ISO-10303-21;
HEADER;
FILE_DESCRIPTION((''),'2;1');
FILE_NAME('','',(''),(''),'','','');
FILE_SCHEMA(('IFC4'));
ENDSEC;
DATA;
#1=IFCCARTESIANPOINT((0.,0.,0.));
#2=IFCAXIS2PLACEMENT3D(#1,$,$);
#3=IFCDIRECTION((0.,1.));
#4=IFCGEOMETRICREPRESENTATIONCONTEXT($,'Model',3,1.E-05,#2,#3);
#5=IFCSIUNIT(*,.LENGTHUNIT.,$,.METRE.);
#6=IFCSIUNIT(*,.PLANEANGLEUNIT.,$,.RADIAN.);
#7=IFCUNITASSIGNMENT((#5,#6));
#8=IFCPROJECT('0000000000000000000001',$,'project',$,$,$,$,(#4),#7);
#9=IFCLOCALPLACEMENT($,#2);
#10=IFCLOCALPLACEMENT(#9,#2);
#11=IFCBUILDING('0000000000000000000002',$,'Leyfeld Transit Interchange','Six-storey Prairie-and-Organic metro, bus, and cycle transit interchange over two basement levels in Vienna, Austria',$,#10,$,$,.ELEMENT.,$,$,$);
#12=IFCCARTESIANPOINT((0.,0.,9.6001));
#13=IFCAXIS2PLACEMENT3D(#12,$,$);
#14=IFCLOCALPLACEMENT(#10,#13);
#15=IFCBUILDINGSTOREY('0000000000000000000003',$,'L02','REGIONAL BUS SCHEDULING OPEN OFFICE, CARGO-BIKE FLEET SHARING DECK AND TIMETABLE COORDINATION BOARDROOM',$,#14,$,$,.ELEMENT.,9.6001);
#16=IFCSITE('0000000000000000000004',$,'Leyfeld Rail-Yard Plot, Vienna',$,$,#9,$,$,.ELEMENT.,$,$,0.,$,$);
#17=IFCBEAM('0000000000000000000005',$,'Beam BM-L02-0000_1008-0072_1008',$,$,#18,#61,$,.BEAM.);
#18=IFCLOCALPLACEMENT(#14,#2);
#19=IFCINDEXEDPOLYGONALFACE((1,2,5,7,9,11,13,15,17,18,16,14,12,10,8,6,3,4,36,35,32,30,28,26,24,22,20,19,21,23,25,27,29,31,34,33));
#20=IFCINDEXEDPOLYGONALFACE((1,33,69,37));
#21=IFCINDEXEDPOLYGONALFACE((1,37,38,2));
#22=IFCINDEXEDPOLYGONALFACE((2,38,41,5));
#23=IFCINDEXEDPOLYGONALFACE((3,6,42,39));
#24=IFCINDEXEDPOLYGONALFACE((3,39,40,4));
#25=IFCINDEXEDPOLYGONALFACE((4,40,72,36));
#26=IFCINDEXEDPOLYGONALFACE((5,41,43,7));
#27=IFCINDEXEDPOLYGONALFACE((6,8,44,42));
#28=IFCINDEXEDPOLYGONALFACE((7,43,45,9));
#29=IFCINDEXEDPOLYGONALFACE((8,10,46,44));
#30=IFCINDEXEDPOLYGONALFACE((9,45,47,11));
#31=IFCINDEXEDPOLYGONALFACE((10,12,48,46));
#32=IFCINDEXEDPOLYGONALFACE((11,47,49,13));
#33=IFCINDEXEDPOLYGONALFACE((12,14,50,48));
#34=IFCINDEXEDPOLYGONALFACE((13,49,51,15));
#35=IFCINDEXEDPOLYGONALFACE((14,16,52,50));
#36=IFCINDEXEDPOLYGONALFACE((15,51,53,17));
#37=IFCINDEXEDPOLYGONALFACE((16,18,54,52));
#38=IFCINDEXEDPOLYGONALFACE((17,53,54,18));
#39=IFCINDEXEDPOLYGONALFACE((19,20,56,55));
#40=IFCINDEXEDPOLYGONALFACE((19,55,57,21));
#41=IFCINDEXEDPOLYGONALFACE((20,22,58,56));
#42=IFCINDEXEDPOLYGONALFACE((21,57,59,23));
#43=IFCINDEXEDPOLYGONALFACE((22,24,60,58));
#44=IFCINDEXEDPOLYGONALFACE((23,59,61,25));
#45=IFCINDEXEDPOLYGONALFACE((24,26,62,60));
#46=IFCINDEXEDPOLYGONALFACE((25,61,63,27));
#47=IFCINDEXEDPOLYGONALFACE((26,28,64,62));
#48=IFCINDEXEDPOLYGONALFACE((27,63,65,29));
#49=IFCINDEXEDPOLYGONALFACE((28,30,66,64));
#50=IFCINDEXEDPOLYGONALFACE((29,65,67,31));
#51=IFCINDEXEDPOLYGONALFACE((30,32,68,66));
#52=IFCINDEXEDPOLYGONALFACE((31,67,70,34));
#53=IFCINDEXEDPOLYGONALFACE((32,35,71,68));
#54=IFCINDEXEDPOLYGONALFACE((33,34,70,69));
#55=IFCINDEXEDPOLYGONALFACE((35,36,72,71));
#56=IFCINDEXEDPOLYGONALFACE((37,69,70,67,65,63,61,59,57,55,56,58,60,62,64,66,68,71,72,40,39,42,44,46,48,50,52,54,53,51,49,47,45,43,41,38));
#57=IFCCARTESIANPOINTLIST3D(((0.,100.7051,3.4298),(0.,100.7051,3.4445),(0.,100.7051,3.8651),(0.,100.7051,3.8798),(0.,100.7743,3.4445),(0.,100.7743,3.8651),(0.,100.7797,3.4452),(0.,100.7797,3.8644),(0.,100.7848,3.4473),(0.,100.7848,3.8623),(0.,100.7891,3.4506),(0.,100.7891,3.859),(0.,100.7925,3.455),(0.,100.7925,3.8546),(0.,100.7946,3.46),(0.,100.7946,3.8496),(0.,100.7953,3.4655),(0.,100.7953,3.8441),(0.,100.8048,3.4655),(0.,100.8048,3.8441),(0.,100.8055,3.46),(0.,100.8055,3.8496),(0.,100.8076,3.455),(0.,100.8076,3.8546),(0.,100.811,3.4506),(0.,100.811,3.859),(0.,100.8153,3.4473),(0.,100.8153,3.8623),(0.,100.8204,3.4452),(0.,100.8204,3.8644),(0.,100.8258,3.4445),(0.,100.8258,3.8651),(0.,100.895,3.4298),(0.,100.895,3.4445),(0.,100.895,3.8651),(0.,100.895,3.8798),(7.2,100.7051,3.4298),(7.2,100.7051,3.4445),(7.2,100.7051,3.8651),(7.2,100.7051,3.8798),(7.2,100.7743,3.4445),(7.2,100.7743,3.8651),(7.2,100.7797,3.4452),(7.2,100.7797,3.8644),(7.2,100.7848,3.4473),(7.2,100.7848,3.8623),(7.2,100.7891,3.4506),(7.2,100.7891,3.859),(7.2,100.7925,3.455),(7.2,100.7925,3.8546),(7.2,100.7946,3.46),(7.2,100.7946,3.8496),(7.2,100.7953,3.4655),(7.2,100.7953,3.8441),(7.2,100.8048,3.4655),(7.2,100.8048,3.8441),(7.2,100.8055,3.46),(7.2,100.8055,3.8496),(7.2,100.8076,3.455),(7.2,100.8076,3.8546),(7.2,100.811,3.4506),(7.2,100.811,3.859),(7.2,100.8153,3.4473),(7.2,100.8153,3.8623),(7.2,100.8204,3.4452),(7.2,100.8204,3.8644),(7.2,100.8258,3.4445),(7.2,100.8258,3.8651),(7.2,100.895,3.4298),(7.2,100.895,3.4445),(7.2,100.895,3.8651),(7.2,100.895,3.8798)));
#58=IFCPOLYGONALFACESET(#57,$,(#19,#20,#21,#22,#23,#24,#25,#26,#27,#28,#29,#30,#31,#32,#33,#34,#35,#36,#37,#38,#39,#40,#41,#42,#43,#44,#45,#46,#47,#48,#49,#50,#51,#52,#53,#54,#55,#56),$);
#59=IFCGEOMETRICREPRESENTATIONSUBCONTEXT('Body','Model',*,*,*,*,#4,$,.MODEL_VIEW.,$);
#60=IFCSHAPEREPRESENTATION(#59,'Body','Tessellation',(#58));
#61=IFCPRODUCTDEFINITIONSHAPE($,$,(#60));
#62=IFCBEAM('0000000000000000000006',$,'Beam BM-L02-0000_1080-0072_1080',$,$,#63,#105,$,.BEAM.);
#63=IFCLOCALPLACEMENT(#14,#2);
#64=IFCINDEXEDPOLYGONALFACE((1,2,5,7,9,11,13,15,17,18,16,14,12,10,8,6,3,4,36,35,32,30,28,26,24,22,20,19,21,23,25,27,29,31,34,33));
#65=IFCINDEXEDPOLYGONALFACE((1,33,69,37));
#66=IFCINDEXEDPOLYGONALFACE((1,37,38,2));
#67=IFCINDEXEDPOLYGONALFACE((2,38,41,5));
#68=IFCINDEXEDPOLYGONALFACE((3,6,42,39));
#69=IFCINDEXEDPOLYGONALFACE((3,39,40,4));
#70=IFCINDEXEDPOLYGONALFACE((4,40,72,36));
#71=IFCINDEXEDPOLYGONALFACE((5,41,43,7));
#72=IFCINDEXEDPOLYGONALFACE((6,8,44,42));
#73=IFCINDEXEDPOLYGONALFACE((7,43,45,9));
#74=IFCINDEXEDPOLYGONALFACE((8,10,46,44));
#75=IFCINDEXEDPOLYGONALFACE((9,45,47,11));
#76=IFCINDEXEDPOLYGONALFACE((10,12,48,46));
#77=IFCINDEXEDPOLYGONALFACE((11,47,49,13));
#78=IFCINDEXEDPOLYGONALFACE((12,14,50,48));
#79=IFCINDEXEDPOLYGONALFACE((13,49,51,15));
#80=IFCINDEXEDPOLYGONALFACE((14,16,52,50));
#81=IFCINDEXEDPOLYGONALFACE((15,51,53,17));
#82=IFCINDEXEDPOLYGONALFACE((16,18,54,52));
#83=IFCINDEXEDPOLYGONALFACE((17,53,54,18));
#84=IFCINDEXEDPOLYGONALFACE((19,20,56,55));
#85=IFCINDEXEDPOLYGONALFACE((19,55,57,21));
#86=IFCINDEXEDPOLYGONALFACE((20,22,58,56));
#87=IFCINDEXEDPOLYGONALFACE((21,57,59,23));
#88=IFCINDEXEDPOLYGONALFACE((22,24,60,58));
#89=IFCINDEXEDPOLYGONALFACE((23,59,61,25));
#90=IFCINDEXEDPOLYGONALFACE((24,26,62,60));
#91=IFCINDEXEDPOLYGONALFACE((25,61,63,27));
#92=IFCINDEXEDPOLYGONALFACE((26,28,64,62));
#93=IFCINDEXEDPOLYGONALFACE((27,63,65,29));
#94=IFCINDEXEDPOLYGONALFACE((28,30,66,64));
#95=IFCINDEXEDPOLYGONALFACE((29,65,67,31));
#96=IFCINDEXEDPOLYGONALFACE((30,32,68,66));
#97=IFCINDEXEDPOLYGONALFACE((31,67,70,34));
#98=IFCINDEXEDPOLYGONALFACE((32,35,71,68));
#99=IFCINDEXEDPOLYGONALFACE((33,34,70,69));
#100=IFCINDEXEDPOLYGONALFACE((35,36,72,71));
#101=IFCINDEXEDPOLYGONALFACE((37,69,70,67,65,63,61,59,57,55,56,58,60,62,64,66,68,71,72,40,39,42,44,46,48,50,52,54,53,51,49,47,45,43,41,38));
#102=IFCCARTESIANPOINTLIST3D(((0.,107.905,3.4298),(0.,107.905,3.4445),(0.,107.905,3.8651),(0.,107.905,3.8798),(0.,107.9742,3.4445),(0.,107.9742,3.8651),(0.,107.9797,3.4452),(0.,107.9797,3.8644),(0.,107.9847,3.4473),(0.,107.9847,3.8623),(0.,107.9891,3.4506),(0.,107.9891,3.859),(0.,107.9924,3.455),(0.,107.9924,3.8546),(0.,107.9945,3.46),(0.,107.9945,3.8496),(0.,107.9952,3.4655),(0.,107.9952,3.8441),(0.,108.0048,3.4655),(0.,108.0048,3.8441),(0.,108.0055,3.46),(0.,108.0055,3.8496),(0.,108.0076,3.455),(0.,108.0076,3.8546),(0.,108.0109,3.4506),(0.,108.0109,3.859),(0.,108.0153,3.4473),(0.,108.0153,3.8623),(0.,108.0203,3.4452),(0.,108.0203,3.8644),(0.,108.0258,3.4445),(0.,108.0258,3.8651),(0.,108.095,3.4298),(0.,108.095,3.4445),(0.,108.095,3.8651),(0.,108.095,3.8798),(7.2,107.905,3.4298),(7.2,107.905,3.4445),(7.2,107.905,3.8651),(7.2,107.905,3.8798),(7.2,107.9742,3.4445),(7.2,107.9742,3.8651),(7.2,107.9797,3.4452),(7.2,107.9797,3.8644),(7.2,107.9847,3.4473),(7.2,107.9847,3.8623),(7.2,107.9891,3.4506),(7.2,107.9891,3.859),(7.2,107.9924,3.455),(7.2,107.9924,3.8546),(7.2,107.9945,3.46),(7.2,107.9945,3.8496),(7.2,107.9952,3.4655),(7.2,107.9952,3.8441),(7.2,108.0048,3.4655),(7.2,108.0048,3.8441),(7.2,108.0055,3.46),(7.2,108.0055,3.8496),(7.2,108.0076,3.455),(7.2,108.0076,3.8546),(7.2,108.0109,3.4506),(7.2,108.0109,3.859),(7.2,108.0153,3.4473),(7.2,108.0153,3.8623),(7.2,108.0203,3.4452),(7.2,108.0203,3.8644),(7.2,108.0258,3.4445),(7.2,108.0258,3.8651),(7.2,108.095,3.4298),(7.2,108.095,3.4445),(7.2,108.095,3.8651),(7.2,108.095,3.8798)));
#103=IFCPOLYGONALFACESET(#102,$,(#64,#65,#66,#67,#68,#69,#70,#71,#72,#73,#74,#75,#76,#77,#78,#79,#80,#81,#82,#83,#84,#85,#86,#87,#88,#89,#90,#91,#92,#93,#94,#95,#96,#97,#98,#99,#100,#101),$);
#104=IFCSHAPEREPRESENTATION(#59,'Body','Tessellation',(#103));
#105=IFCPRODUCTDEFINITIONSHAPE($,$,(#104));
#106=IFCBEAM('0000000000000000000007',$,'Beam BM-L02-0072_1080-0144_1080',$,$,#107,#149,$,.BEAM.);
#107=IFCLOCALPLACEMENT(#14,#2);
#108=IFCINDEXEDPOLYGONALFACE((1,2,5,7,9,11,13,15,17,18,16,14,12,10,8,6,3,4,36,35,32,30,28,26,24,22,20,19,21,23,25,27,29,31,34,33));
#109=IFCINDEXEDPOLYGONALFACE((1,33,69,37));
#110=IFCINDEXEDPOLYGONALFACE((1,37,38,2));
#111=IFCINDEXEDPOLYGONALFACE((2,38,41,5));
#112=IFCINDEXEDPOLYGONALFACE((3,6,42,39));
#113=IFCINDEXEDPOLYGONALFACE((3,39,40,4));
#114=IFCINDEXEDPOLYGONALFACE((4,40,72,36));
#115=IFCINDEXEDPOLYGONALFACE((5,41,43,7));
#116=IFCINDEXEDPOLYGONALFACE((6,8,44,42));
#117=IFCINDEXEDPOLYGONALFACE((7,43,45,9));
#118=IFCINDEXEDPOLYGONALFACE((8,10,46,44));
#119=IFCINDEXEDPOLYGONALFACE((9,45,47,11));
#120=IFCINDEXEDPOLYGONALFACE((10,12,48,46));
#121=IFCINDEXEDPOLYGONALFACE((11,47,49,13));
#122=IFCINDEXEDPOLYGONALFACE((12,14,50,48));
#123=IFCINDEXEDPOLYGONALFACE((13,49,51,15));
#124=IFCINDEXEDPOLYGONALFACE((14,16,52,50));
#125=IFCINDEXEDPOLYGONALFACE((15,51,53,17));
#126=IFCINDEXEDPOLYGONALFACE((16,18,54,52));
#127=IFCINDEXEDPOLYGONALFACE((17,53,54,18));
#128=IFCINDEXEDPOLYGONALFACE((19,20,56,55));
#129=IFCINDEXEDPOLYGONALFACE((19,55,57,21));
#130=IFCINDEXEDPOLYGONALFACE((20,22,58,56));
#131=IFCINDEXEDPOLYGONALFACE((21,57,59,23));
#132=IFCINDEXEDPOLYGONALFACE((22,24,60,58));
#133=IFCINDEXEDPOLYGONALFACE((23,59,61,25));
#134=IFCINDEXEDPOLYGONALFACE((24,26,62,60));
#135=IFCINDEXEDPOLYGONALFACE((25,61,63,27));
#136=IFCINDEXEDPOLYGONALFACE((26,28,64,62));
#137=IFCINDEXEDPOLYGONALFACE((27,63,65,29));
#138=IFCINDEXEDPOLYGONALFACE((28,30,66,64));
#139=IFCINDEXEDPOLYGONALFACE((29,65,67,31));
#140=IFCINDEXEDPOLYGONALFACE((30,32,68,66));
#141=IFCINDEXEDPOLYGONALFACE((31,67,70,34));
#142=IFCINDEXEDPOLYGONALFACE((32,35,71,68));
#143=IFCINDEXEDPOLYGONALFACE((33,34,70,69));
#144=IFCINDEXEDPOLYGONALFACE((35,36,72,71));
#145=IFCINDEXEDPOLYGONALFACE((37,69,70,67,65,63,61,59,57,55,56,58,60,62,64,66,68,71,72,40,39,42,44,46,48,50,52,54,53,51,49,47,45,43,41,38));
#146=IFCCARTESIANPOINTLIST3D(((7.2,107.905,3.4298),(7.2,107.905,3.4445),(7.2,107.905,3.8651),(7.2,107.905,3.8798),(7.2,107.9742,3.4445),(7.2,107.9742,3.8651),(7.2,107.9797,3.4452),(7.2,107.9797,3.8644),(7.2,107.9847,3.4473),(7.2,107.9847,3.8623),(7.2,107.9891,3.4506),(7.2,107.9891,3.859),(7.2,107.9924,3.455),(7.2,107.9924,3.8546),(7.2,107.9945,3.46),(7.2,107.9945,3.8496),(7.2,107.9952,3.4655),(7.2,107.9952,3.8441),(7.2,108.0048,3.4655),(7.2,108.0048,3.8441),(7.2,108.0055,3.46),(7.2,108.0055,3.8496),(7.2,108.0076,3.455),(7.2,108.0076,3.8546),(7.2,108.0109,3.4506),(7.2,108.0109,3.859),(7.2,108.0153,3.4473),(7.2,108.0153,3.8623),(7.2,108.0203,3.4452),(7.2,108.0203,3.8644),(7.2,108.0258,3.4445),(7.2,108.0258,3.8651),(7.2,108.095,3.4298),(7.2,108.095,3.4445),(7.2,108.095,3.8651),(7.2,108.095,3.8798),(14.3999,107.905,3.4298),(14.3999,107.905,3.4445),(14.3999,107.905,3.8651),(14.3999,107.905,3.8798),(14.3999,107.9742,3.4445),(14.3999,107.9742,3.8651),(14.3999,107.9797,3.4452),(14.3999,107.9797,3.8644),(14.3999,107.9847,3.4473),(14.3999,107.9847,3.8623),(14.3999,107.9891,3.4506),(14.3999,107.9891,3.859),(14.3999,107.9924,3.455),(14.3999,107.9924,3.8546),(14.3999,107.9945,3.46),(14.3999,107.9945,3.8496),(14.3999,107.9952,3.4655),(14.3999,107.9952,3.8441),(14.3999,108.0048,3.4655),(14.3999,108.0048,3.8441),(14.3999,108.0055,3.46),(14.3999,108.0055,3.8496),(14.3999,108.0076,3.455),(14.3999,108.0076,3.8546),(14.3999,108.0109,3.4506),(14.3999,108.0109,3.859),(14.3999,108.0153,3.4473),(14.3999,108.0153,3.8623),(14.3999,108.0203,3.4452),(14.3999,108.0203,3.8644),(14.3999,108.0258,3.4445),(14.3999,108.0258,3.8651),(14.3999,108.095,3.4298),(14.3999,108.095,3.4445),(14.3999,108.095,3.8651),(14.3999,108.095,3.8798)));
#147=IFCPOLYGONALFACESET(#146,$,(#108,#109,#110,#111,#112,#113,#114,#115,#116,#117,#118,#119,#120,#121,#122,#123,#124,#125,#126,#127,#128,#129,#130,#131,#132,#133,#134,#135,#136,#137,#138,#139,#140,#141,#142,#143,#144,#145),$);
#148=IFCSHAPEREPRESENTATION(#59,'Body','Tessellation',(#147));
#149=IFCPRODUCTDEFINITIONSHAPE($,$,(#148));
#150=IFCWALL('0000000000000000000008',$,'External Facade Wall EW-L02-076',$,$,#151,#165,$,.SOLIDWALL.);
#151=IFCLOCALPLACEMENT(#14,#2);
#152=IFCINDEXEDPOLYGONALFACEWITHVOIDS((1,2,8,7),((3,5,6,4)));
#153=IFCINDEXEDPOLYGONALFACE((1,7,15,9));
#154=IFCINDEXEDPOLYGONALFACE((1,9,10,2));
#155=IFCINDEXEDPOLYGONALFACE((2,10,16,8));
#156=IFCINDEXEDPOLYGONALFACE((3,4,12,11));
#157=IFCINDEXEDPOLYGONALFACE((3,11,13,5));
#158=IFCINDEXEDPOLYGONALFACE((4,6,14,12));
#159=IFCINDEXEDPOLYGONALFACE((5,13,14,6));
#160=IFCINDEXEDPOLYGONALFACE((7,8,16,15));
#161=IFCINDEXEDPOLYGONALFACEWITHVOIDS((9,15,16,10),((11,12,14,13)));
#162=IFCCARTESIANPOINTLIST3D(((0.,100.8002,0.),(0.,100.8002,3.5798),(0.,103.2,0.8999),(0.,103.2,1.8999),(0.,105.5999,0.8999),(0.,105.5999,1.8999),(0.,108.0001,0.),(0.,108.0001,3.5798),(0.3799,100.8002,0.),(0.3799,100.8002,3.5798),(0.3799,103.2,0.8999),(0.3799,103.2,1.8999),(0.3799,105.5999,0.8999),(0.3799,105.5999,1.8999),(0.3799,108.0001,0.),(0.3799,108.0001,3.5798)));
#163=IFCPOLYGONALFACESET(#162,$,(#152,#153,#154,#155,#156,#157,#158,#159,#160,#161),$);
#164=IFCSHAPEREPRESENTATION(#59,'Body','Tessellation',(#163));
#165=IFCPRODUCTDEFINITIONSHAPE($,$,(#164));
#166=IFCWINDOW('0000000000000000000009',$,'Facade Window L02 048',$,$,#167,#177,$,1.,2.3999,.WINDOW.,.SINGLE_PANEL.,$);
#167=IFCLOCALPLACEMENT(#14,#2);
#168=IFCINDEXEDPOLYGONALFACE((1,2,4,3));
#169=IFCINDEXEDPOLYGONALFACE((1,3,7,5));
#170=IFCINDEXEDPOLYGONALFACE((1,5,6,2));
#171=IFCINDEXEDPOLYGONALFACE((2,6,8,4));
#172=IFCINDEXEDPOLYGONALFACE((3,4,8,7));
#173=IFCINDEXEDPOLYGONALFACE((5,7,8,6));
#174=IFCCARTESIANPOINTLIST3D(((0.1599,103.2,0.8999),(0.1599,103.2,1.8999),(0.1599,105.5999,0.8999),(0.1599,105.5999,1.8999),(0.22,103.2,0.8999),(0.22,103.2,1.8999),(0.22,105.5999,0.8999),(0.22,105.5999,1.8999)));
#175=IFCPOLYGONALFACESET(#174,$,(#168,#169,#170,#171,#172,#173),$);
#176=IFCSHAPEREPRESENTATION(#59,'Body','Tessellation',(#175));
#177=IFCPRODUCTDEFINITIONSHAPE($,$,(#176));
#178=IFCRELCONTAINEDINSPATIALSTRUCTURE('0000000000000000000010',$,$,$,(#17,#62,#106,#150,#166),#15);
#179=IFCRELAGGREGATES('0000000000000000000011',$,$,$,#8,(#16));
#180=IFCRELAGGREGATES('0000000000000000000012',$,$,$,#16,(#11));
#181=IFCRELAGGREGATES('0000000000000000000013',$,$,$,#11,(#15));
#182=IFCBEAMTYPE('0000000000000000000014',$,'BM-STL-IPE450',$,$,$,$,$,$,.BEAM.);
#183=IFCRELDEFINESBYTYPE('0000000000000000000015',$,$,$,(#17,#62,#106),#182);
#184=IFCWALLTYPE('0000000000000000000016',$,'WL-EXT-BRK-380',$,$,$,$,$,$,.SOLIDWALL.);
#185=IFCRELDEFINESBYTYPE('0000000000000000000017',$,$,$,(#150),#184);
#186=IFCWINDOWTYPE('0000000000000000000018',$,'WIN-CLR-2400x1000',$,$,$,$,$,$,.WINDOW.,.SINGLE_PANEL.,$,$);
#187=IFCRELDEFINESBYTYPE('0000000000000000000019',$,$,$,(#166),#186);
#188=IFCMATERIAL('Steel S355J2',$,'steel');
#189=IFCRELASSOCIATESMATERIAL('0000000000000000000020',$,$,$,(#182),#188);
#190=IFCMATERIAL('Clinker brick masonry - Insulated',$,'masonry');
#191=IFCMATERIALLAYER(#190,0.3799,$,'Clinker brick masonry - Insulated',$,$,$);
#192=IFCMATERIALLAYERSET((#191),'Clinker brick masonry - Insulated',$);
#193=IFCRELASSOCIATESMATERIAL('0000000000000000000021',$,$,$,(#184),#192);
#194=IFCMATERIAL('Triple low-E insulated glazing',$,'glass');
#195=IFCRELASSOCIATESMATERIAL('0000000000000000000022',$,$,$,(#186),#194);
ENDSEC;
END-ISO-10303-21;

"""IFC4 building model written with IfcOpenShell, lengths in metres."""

from ifc_helpers import new_model, si_unit, direction, frame, frame_2d, origin, origin_2d, place, context, subcontext, project, spatial, rectangle, i_section, extrude, material, layer, layer_set, material_profile, profile_set, type_object, element, fill, save


model = new_model("IFC4")

# Units and contexts
model_context = context("Model", 3, precision=1e-05, world=origin(), true_north=direction((0.0, 1.0)))
body_context = subcontext(model_context, "Body", "Model", "MODEL_VIEW")
ifc_project = project(units=[si_unit("LENGTHUNIT", "METRE"), si_unit("PLANEANGLEUNIT", "RADIAN")], contexts=[model_context])

# Site, building, storey
site_placement = place(None, origin())
site = spatial("IfcSite", under=ifc_project, at=site_placement, Name="Leyfeld Rail-Yard Plot, Vienna", CompositionType="ELEMENT", RefElevation=0.0)
building_placement = place(site_placement, origin())
building = spatial("IfcBuilding", under=site, at=building_placement, Name="Leyfeld Transit Interchange", Description="Six-storey Prairie-and-Organic metro, bus, and cycle transit interchange over two basement levels in Vienna, Austria", CompositionType="ELEMENT")
storey_placement = place(building_placement, frame((0.0, 0.0, 9.6001)))
storey = spatial("IfcBuildingStorey", under=building, at=storey_placement, Name="L02", Description="REGIONAL BUS SCHEDULING OPEN OFFICE, CARGO-BIKE FLEET SHARING DECK AND TIMETABLE COORDINATION BOARDROOM", CompositionType="ELEMENT", Elevation=9.6001)

# Beams
ifc_material_1 = material(Name="Steel S355J2", Category="steel")
ifc_material_profile_1 = material_profile(ifc_material_1, i_section(OverallWidth=0.1899, OverallDepth=0.45, WebThickness=0.0095, FlangeThickness=0.0146, FilletRadius=0.021, at=origin_2d()), Name="IPE 450")
ifc_profile_set_1 = profile_set([ifc_material_profile_1], Name="Steel S355J2")
beam_type_1 = type_object("IfcBeamType", Name="BM-STL-IPE450", PredefinedType="BEAM", material=ifc_profile_set_1)
for number, where, z_axis, x_axis, name in (
    (1, (0.0, 100.8, 3.6548), (1.0, 0.0, 0.0), (0.0, 1.0, 0.0), "Beam BM-L02-0000_1008-0072_1008"),
    (2, (0.0, 108.0, 3.6548), (1.0, 0.0, 0.0), (0.0, 1.0, 0.0), "Beam BM-L02-0000_1080-0072_1080"),
    (3, (7.2, 108.0, 3.6548), (1.0, 0.0, 0.0), (0.0, 1.0, 0.0), "Beam BM-L02-0072_1080-0144_1080"),
):
    element("IfcBeam", number, at=place(storey_placement, frame(where, z_axis=z_axis, x_axis=x_axis)), inside=storey, type_object=beam_type_1, Name=name, PredefinedType="BEAM", context=body_context, shape_type="SweptSolid", body=[
        extrude(i_section(OverallWidth=0.1899, OverallDepth=0.45, WebThickness=0.0095, FlangeThickness=0.0146, FilletRadius=0.021, at=origin_2d()), origin(), (0.0, 0.0, 1.0), 7.2),
    ])

# Wall, opening, window
ifc_material_2 = material(Name="Clinker brick masonry - Insulated", Category="masonry")
ifc_layer_1 = layer(ifc_material_2, 0.3799, Name="Clinker brick masonry - Insulated")
ifc_layer_set_1 = layer_set([ifc_layer_1], Name="Clinker brick masonry - Insulated")
wall_type_1 = type_object("IfcWallType", Name="WL-EXT-BRK-380", PredefinedType="SOLIDWALL", material=ifc_layer_set_1)
wall_1_placement = place(storey_placement, frame((0.1899, 100.8, 0.0), z_axis=(0.0, 0.0, 1.0), x_axis=(0.0, 1.0, 0.0)))
wall_1 = element("IfcWall", 4, at=wall_1_placement, inside=storey, type_object=wall_type_1, Name="External Facade Wall EW-L02-076", PredefinedType="SOLIDWALL", context=body_context, shape_type="SweptSolid", body=[
    extrude(rectangle(XDim=7.2, YDim=0.3799, at=frame_2d((3.6001, 0.0))), origin(), (0.0, 0.0, 1.0), 3.5798),
])
opening_1_placement = place(wall_1_placement, frame((2.3999, 0.0, 0.8999)))
opening_1 = element("IfcOpeningElement", 5, at=opening_1_placement, cuts=wall_1, PredefinedType="OPENING", context=body_context, shape_type="SweptSolid", body=[
    extrude(rectangle(XDim=2.3999, YDim=1.0, at=frame_2d((1.2, 0.5))), frame((0.0, 0.2, 0.0), z_axis=(0.0, -1.0, 0.0), x_axis=(1.0, 0.0, 0.0)), (0.0, 0.0, 1.0), 0.3999),
])
ifc_material_3 = material(Name="Triple low-E insulated glazing", Category="glass")
window_type_1 = type_object("IfcWindowType", Name="WIN-CLR-2400x1000", PartitioningType="SINGLE_PANEL", PredefinedType="WINDOW", material=ifc_material_3)
window_1_placement = place(opening_1_placement, origin())
window_1 = element("IfcWindow", 6, at=window_1_placement, inside=storey, type_object=window_type_1, Name="Facade Window L02 048", OverallHeight=1.0, OverallWidth=2.3999, PartitioningType="SINGLE_PANEL", PredefinedType="WINDOW", context=body_context, shape_type="SweptSolid", body=[
    extrude(rectangle(XDim=2.3999, YDim=1.0, at=frame_2d((1.2, 0.5))), frame((0.0, 0.03, 0.0), z_axis=(0.0, -1.0, 0.0), x_axis=(1.0, 0.0, 0.0)), (0.0, 0.0, 1.0), 0.0601),
])
fill(opening_1, window_1)

save(model, "model.ifc")
